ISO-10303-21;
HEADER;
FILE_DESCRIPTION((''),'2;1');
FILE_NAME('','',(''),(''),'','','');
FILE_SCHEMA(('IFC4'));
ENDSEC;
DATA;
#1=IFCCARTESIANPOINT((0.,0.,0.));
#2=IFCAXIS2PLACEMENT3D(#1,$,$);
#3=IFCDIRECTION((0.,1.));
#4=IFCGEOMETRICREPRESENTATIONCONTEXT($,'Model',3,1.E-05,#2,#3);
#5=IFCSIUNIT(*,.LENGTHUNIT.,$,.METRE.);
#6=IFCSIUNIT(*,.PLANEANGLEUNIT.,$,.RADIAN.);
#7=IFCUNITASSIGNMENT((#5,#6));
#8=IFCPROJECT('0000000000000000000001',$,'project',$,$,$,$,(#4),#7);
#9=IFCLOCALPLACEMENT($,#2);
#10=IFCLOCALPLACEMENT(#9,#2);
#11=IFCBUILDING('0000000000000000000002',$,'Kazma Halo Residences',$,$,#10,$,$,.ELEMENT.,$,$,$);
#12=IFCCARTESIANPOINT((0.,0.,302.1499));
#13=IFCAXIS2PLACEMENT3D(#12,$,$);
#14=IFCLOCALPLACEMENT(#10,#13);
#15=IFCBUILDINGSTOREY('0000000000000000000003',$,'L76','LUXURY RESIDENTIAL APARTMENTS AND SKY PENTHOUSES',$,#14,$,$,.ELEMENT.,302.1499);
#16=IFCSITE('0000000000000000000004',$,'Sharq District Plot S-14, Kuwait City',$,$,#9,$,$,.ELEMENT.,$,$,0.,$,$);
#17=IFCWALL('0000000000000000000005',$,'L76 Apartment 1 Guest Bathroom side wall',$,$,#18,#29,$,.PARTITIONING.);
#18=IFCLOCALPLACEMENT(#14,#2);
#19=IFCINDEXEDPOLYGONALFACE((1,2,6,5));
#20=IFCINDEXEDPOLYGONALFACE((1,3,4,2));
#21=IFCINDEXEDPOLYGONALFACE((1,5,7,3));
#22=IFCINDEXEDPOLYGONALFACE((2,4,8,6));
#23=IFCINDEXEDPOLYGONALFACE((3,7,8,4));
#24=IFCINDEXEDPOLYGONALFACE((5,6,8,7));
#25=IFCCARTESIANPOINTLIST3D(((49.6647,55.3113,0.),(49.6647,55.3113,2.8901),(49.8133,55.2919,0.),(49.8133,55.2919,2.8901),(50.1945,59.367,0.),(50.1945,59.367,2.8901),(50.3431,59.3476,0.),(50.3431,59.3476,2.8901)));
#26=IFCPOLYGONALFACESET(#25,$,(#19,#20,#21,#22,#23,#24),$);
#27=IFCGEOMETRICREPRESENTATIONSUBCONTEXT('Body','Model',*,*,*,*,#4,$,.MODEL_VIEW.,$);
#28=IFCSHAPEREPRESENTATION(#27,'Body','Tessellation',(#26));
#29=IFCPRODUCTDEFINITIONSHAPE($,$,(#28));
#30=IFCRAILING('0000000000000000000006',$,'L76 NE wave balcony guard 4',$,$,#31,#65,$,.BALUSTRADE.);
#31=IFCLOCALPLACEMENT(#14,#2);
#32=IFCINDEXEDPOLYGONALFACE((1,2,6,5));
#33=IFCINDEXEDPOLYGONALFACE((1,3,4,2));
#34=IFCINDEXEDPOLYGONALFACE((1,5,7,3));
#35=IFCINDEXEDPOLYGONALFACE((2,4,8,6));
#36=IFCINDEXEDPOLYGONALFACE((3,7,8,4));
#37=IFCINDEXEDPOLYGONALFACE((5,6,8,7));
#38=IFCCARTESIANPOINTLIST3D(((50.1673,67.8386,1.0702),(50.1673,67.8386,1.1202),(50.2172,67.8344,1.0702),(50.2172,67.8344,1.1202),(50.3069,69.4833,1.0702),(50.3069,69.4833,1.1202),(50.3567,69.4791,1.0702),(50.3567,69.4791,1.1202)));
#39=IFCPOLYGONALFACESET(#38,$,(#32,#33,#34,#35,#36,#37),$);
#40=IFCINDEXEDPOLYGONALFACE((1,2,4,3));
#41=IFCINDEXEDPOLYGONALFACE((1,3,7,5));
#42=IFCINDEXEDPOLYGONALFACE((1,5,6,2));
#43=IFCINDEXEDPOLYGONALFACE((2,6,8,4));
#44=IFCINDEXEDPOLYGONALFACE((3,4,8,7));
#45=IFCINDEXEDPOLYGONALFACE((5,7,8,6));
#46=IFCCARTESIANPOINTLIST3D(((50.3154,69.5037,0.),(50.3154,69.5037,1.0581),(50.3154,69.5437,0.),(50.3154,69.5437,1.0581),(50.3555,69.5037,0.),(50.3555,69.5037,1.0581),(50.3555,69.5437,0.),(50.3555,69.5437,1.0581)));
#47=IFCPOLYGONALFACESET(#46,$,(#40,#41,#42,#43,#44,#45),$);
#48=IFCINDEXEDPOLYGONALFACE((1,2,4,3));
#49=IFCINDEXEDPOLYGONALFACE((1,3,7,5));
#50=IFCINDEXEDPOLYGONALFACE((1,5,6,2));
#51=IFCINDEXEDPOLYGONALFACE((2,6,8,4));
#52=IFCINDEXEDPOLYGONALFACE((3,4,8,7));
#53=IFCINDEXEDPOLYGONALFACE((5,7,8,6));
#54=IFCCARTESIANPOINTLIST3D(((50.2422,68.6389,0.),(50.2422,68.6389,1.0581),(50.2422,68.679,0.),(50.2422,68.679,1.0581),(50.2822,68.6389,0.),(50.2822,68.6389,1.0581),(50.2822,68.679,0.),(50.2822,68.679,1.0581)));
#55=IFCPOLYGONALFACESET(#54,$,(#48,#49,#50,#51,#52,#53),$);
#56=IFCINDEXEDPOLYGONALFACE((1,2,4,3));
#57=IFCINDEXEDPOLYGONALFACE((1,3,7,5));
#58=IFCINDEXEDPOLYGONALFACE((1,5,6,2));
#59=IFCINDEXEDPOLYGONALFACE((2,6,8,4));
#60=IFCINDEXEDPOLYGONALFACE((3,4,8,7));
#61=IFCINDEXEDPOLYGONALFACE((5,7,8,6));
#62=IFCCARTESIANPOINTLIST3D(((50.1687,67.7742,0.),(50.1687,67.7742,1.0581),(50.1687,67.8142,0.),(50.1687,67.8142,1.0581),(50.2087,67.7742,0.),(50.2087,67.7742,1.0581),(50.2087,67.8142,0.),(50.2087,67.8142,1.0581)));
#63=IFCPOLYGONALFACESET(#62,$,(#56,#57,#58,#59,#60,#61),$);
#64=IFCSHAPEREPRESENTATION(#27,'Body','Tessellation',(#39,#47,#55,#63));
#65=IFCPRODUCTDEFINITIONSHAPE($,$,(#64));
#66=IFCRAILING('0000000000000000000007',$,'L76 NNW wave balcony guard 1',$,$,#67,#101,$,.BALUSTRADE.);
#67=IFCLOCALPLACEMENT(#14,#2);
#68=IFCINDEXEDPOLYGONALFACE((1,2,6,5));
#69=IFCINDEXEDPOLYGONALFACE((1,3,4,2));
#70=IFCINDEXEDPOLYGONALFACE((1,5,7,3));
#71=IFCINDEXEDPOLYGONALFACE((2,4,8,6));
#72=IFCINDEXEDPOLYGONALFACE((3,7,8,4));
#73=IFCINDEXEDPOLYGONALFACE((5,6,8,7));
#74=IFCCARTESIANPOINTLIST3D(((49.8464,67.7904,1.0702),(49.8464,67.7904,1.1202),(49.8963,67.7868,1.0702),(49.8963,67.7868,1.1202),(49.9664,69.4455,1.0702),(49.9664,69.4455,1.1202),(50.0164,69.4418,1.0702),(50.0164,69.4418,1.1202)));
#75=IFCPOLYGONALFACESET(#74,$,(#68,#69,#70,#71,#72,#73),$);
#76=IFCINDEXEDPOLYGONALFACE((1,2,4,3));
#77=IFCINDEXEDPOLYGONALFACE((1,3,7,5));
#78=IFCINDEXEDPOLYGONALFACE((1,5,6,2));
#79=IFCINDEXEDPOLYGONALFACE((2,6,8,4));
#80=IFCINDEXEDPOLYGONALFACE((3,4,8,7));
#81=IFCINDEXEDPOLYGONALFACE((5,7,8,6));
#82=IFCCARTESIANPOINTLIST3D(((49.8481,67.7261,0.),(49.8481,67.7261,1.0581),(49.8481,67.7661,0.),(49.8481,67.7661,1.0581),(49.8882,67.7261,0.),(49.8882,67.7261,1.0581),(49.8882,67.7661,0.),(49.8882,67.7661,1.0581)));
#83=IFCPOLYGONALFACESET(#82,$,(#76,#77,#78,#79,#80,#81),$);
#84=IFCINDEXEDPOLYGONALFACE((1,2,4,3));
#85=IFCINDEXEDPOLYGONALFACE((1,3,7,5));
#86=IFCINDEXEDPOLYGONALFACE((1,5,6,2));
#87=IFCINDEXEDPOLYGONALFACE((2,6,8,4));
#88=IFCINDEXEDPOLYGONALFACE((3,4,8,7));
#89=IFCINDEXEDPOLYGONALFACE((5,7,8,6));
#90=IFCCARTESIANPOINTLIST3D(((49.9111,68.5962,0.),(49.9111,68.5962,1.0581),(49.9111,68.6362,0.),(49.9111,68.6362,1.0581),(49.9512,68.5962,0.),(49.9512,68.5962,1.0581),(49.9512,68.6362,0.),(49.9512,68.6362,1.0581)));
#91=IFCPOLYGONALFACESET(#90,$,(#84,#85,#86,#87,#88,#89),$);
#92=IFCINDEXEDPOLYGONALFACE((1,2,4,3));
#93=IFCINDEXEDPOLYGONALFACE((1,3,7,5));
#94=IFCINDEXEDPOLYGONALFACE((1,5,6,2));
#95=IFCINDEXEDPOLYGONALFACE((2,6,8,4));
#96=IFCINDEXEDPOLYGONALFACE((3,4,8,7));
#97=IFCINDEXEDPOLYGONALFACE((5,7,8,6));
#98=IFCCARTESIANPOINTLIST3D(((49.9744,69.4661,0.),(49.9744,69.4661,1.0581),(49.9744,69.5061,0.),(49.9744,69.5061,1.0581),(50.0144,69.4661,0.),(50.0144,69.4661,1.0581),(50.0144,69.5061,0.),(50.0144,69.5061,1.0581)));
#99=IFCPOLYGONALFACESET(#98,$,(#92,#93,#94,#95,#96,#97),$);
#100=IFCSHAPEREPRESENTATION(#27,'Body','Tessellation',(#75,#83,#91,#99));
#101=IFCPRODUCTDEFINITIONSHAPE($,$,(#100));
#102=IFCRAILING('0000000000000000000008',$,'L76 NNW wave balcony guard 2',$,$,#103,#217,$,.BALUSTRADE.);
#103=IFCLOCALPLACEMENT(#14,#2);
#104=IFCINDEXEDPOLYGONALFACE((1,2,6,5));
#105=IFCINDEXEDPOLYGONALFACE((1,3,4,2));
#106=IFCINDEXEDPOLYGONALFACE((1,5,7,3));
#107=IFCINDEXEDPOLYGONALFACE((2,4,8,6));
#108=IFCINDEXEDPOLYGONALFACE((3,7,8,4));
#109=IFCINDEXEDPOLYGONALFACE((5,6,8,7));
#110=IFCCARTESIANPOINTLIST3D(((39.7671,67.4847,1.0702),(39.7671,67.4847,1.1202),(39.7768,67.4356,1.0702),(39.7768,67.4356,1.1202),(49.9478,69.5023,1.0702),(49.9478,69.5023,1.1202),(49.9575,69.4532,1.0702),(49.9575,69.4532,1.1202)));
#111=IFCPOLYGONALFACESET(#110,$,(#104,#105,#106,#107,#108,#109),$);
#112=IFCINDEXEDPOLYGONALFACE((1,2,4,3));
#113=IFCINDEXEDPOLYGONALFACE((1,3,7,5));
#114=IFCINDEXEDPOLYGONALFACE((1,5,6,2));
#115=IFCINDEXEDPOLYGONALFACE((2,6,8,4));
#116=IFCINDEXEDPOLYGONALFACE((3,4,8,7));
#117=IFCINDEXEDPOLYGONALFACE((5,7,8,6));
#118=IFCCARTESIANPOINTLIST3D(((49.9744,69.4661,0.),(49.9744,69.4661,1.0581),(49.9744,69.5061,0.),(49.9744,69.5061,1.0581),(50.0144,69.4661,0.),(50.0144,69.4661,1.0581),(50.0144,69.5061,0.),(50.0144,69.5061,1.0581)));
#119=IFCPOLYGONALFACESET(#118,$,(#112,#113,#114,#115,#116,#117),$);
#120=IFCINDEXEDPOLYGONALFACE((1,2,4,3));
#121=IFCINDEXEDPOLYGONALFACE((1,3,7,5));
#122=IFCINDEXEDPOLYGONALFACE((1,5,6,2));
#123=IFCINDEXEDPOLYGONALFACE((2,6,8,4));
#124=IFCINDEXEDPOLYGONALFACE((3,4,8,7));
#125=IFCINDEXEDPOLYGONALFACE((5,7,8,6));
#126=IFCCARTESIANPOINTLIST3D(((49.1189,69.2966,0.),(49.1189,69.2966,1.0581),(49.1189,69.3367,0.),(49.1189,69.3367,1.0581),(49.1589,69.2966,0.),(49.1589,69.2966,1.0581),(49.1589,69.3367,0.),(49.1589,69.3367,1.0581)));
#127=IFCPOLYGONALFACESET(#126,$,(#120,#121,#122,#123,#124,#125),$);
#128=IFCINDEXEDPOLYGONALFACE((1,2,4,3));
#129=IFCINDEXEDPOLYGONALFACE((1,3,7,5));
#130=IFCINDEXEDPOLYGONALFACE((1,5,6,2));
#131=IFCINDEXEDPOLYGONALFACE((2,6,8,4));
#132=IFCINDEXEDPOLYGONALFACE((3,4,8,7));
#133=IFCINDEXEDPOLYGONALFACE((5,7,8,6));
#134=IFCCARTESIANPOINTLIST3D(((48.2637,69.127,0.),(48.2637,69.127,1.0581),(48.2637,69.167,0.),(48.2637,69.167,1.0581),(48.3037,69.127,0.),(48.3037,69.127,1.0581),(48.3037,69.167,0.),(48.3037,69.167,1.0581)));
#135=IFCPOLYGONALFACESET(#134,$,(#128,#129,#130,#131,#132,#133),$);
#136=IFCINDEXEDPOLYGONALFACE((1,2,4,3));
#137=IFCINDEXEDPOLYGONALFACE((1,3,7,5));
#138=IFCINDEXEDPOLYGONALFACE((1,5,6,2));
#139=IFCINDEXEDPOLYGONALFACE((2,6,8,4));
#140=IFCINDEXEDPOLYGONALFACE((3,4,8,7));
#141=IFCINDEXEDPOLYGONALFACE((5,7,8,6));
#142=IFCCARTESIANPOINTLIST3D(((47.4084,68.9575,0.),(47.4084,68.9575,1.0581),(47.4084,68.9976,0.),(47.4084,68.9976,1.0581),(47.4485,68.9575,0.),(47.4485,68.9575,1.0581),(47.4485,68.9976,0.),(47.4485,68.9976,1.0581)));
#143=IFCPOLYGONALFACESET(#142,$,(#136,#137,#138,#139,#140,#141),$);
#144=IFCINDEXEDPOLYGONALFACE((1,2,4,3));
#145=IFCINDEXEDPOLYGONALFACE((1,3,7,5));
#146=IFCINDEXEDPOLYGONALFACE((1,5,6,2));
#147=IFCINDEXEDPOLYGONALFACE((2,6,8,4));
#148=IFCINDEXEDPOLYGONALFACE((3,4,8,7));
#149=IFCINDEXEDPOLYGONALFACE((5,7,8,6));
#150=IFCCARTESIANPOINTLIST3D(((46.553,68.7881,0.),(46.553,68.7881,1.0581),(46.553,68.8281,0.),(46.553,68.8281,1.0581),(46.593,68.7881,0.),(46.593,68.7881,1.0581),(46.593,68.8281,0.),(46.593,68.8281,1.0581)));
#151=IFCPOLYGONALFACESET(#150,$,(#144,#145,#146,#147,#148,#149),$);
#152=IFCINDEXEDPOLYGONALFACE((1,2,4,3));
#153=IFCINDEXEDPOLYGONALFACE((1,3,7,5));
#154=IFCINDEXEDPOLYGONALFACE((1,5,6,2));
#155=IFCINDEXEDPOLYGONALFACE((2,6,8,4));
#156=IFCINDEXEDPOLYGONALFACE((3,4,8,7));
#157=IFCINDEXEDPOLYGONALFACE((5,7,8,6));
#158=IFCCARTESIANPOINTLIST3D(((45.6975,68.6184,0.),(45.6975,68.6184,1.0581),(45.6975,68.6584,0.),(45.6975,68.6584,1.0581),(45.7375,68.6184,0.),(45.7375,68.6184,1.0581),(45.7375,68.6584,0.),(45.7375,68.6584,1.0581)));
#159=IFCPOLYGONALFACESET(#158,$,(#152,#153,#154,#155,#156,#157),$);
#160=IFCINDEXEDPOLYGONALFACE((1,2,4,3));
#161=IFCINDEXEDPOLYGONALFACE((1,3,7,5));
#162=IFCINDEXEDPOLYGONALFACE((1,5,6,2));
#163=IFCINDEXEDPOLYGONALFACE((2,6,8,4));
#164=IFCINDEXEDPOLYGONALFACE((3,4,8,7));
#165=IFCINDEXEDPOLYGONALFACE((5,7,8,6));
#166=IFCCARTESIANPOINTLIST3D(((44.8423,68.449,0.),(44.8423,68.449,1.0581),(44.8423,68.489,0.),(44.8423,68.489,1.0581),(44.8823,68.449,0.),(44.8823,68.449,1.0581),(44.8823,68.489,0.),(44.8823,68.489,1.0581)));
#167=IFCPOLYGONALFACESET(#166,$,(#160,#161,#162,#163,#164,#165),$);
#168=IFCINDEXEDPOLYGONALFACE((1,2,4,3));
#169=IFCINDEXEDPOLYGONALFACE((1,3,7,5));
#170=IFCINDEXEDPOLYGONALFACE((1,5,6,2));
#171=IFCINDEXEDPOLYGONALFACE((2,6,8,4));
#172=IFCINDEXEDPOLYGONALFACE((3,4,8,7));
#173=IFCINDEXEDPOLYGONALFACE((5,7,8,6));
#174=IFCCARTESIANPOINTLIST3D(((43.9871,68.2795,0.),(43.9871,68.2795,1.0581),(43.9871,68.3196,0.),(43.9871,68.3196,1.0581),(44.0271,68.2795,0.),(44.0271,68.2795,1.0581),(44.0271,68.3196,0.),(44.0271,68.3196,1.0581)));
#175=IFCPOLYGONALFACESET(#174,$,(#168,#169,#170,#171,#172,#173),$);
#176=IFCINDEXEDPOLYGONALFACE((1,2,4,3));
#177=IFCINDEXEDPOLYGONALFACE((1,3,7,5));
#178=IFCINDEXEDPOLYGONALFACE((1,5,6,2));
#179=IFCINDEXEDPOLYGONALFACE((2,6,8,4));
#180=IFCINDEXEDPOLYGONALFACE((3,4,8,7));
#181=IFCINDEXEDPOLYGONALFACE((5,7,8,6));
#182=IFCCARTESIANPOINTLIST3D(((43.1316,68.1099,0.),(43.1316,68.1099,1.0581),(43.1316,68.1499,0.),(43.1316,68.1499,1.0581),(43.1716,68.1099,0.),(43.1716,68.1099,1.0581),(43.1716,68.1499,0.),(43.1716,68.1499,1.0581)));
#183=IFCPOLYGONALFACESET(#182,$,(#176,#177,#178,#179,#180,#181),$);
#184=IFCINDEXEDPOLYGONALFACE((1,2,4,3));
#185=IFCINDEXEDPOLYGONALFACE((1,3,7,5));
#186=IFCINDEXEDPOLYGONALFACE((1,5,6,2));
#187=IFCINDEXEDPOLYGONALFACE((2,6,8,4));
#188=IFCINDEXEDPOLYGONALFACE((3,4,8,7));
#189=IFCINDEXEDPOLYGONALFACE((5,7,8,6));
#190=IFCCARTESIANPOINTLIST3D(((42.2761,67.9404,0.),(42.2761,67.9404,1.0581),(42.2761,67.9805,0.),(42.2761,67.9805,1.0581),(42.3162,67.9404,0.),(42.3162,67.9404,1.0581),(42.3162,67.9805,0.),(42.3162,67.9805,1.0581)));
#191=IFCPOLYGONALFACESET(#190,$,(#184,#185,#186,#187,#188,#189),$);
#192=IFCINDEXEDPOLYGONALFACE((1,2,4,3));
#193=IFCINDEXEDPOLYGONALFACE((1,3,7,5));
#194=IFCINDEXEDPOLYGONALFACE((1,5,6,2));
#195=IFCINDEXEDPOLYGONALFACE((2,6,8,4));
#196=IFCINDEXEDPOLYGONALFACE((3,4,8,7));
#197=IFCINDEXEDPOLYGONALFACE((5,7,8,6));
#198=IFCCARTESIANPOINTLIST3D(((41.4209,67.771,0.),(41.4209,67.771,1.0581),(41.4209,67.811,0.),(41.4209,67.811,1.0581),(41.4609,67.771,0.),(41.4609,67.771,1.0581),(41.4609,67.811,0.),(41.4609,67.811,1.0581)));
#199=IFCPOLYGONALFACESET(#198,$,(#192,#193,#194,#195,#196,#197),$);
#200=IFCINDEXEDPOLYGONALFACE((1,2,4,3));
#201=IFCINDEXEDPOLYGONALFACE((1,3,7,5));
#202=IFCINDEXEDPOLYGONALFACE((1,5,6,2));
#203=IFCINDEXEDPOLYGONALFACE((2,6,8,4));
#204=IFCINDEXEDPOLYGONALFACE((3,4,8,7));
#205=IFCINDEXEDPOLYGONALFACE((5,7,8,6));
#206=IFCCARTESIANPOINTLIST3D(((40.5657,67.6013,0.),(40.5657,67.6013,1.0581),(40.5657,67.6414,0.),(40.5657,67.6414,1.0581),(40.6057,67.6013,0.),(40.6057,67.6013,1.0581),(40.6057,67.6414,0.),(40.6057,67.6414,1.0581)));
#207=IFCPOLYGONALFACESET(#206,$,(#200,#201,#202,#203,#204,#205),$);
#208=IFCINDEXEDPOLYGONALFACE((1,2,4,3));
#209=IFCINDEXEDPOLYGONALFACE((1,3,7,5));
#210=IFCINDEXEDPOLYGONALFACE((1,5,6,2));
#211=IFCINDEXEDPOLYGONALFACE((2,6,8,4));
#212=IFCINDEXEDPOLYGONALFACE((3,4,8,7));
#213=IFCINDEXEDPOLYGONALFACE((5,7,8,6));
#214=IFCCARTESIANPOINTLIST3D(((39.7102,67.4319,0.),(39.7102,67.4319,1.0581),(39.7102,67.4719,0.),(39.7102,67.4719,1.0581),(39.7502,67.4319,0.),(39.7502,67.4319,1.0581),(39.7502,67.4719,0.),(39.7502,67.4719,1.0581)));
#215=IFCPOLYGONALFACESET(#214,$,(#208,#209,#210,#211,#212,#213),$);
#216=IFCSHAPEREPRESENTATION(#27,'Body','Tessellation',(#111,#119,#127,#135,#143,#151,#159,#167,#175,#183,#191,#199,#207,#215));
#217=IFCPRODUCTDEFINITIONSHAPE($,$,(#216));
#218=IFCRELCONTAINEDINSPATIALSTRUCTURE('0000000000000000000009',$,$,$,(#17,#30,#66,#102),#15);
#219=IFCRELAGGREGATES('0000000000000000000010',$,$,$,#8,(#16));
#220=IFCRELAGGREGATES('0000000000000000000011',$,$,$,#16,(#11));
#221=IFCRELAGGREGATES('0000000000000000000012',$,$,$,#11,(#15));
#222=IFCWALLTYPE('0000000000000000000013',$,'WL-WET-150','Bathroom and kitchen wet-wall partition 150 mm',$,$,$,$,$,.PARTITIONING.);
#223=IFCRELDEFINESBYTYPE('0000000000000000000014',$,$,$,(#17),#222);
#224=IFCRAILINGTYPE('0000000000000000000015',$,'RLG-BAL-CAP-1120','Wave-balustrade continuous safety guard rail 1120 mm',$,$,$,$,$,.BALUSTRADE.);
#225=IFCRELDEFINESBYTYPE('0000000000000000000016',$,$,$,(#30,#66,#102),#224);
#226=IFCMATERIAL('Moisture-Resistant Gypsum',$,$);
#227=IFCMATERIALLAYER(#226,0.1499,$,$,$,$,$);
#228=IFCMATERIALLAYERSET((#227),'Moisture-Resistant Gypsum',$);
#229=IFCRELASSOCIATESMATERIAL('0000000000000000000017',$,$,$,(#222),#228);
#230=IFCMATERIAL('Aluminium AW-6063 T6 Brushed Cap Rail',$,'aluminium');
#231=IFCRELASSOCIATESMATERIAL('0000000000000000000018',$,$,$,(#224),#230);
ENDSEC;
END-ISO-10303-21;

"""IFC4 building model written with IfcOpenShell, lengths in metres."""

from ifc_helpers import new_model, si_unit, direction, frame, frame_2d, origin, origin_2d, place, context, subcontext, project, spatial, rectangle, extrude, material, layer, layer_set, type_object, element, save


model = new_model("IFC4")

# Units and contexts
model_context = context("Model", 3, precision=1e-05, world=origin(), true_north=direction((0.0, 1.0)))
body_context = subcontext(model_context, "Body", "Model", "MODEL_VIEW")
ifc_project = project(units=[si_unit("LENGTHUNIT", "METRE"), si_unit("PLANEANGLEUNIT", "RADIAN")], contexts=[model_context])

# Site, building, storey
site_placement = place(None, origin())
site = spatial("IfcSite", under=ifc_project, at=site_placement, Name="Sharq District Plot S-14, Kuwait City", CompositionType="ELEMENT", RefElevation=0.0)
building_placement = place(site_placement, origin())
building = spatial("IfcBuilding", under=site, at=building_placement, Name="Kazma Halo Residences", CompositionType="ELEMENT")
storey_placement = place(building_placement, frame((0.0, 0.0, 302.1499)))
storey = spatial("IfcBuildingStorey", under=building, at=storey_placement, Name="L76", Description="LUXURY RESIDENTIAL APARTMENTS AND SKY PENTHOUSES", CompositionType="ELEMENT", Elevation=302.1499)

# Shared definitions
ifc_material_1 = material(Name="Moisture-Resistant Gypsum")
ifc_layer_1 = layer(ifc_material_1, 0.1499)
ifc_layer_set_1 = layer_set([ifc_layer_1], Name="Moisture-Resistant Gypsum")
wall_type_1 = type_object("IfcWallType", Name="WL-WET-150", Description="Bathroom and kitchen wet-wall partition 150 mm", PredefinedType="PARTITIONING", material=ifc_layer_set_1)

# Wall
wall_1_placement = place(storey_placement, frame((49.739, 55.3018, 0.0), z_axis=(0.0, 0.0, 1.0), x_axis=(0.129528, 0.991576, 0.0)))
element("IfcWall", 1, at=wall_1_placement, inside=storey, type_object=wall_type_1, Name="L76 Apartment 1 Guest Bathroom side wall", PredefinedType="PARTITIONING", context=body_context, shape_type="SweptSolid", body=[
    extrude(rectangle(XDim=4.0901, YDim=0.1499, at=frame_2d((2.0449, 0.0))), origin(), (0.0, 0.0, 1.0), 2.8901),
])

# Railings
ifc_material_2 = material(Name="Aluminium AW-6063 T6 Brushed Cap Rail", Category="aluminium")
railing_type = type_object("IfcRailingType", Name="RLG-BAL-CAP-1120", Description="Wave-balustrade continuous safety guard rail 1120 mm", PredefinedType="BALUSTRADE", material=ifc_material_2)
railing_1_placement = place(storey_placement, frame((50.3354, 69.5237, 0.0)))
element("IfcRailing", 2, at=railing_1_placement, inside=storey, type_object=railing_type, Name="L76 NE wave balcony guard 4", PredefinedType="BALUSTRADE", context=body_context, shape_type="SweptSolid", body=[
    extrude(rectangle(XDim=0.05, YDim=0.05, at=origin_2d()), frame((-0.0037, -0.0425, 1.0952), z_axis=(-0.084535, -0.99642, 0.0), x_axis=(0.99642, -0.084535, 0.0)), (0.0, 0.0, 1.0), 1.6506),
    extrude(rectangle(XDim=0.04, YDim=0.04, at=origin_2d()), origin(), (0.0, 0.0, 1.0), 1.0581),
    extrude(rectangle(XDim=0.04, YDim=0.04, at=origin_2d()), frame((-0.0732, -0.8647, 0.0)), (0.0, 0.0, 1.0), 1.0581),
    extrude(rectangle(XDim=0.04, YDim=0.04, at=origin_2d()), frame((-0.1467, -1.7295, 0.0)), (0.0, 0.0, 1.0), 1.0581),
])
railing_2_placement = place(storey_placement, frame((49.8682, 67.7461, 0.0)))
element("IfcRailing", 3, at=railing_2_placement, inside=storey, type_object=railing_type, Name="L76 NNW wave balcony guard 1", PredefinedType="BALUSTRADE", context=body_context, shape_type="SweptSolid", body=[
    extrude(rectangle(XDim=0.05, YDim=0.05, at=origin_2d()), frame((0.0032, 0.0425, 1.0952), z_axis=(0.072351, 0.997379, 0.0), x_axis=(-0.997379, 0.072351, 0.0)), (0.0, 0.0, 1.0), 1.6594),
    extrude(rectangle(XDim=0.04, YDim=0.04, at=origin_2d()), origin(), (0.0, 0.0, 1.0), 1.0581),
    extrude(rectangle(XDim=0.04, YDim=0.04, at=origin_2d()), frame((0.063, 0.8701, 0.0)), (0.0, 0.0, 1.0), 1.0581),
    extrude(rectangle(XDim=0.04, YDim=0.04, at=origin_2d()), frame((0.1262, 1.74, 0.0)), (0.0, 0.0, 1.0), 1.0581),
])
railing_3_placement = place(storey_placement, frame((49.9944, 69.4861, 0.0)))
element("IfcRailing", 4, at=railing_3_placement, inside=storey, type_object=railing_type, Name="L76 NNW wave balcony guard 2", PredefinedType="BALUSTRADE", context=body_context, shape_type="SweptSolid", body=[
    extrude(rectangle(XDim=0.05, YDim=0.05, at=origin_2d()), frame((-0.0417, -0.0083, 1.0952), z_axis=(-0.980922, -0.194402, 0.0), x_axis=(0.194402, -0.980922, 0.0)), (0.0, 0.0, 1.0), 10.3787),
    extrude(rectangle(XDim=0.04, YDim=0.04, at=origin_2d()), origin(), (0.0, 0.0, 1.0), 1.0581),
    extrude(rectangle(XDim=0.04, YDim=0.04, at=origin_2d()), frame((-0.8555, -0.1694, 0.0)), (0.0, 0.0, 1.0), 1.0581),
    extrude(rectangle(XDim=0.04, YDim=0.04, at=origin_2d()), frame((-1.7107, -0.3391, 0.0)), (0.0, 0.0, 1.0), 1.0581),
    extrude(rectangle(XDim=0.04, YDim=0.04, at=origin_2d()), frame((-2.5659, -0.5085, 0.0)), (0.0, 0.0, 1.0), 1.0581),
    extrude(rectangle(XDim=0.04, YDim=0.04, at=origin_2d()), frame((-3.4214, -0.678, 0.0)), (0.0, 0.0, 1.0), 1.0581),
    extrude(rectangle(XDim=0.04, YDim=0.04, at=origin_2d()), frame((-4.2769, -0.8477, 0.0)), (0.0, 0.0, 1.0), 1.0581),
    extrude(rectangle(XDim=0.04, YDim=0.04, at=origin_2d()), frame((-5.1321, -1.0171, 0.0)), (0.0, 0.0, 1.0), 1.0581),
    extrude(rectangle(XDim=0.04, YDim=0.04, at=origin_2d()), frame((-5.9873, -1.1865, 0.0)), (0.0, 0.0, 1.0), 1.0581),
    extrude(rectangle(XDim=0.04, YDim=0.04, at=origin_2d()), frame((-6.8428, -1.3562, 0.0)), (0.0, 0.0, 1.0), 1.0581),
    extrude(rectangle(XDim=0.04, YDim=0.04, at=origin_2d()), frame((-7.6982, -1.5256, 0.0)), (0.0, 0.0, 1.0), 1.0581),
    extrude(rectangle(XDim=0.04, YDim=0.04, at=origin_2d()), frame((-8.5535, -1.6951, 0.0)), (0.0, 0.0, 1.0), 1.0581),
    extrude(rectangle(XDim=0.04, YDim=0.04, at=origin_2d()), frame((-9.4087, -1.8647, 0.0)), (0.0, 0.0, 1.0), 1.0581),
    extrude(rectangle(XDim=0.04, YDim=0.04, at=origin_2d()), frame((-10.2642, -2.0342, 0.0)), (0.0, 0.0, 1.0), 1.0581),
])

save(model, "model.ifc")
